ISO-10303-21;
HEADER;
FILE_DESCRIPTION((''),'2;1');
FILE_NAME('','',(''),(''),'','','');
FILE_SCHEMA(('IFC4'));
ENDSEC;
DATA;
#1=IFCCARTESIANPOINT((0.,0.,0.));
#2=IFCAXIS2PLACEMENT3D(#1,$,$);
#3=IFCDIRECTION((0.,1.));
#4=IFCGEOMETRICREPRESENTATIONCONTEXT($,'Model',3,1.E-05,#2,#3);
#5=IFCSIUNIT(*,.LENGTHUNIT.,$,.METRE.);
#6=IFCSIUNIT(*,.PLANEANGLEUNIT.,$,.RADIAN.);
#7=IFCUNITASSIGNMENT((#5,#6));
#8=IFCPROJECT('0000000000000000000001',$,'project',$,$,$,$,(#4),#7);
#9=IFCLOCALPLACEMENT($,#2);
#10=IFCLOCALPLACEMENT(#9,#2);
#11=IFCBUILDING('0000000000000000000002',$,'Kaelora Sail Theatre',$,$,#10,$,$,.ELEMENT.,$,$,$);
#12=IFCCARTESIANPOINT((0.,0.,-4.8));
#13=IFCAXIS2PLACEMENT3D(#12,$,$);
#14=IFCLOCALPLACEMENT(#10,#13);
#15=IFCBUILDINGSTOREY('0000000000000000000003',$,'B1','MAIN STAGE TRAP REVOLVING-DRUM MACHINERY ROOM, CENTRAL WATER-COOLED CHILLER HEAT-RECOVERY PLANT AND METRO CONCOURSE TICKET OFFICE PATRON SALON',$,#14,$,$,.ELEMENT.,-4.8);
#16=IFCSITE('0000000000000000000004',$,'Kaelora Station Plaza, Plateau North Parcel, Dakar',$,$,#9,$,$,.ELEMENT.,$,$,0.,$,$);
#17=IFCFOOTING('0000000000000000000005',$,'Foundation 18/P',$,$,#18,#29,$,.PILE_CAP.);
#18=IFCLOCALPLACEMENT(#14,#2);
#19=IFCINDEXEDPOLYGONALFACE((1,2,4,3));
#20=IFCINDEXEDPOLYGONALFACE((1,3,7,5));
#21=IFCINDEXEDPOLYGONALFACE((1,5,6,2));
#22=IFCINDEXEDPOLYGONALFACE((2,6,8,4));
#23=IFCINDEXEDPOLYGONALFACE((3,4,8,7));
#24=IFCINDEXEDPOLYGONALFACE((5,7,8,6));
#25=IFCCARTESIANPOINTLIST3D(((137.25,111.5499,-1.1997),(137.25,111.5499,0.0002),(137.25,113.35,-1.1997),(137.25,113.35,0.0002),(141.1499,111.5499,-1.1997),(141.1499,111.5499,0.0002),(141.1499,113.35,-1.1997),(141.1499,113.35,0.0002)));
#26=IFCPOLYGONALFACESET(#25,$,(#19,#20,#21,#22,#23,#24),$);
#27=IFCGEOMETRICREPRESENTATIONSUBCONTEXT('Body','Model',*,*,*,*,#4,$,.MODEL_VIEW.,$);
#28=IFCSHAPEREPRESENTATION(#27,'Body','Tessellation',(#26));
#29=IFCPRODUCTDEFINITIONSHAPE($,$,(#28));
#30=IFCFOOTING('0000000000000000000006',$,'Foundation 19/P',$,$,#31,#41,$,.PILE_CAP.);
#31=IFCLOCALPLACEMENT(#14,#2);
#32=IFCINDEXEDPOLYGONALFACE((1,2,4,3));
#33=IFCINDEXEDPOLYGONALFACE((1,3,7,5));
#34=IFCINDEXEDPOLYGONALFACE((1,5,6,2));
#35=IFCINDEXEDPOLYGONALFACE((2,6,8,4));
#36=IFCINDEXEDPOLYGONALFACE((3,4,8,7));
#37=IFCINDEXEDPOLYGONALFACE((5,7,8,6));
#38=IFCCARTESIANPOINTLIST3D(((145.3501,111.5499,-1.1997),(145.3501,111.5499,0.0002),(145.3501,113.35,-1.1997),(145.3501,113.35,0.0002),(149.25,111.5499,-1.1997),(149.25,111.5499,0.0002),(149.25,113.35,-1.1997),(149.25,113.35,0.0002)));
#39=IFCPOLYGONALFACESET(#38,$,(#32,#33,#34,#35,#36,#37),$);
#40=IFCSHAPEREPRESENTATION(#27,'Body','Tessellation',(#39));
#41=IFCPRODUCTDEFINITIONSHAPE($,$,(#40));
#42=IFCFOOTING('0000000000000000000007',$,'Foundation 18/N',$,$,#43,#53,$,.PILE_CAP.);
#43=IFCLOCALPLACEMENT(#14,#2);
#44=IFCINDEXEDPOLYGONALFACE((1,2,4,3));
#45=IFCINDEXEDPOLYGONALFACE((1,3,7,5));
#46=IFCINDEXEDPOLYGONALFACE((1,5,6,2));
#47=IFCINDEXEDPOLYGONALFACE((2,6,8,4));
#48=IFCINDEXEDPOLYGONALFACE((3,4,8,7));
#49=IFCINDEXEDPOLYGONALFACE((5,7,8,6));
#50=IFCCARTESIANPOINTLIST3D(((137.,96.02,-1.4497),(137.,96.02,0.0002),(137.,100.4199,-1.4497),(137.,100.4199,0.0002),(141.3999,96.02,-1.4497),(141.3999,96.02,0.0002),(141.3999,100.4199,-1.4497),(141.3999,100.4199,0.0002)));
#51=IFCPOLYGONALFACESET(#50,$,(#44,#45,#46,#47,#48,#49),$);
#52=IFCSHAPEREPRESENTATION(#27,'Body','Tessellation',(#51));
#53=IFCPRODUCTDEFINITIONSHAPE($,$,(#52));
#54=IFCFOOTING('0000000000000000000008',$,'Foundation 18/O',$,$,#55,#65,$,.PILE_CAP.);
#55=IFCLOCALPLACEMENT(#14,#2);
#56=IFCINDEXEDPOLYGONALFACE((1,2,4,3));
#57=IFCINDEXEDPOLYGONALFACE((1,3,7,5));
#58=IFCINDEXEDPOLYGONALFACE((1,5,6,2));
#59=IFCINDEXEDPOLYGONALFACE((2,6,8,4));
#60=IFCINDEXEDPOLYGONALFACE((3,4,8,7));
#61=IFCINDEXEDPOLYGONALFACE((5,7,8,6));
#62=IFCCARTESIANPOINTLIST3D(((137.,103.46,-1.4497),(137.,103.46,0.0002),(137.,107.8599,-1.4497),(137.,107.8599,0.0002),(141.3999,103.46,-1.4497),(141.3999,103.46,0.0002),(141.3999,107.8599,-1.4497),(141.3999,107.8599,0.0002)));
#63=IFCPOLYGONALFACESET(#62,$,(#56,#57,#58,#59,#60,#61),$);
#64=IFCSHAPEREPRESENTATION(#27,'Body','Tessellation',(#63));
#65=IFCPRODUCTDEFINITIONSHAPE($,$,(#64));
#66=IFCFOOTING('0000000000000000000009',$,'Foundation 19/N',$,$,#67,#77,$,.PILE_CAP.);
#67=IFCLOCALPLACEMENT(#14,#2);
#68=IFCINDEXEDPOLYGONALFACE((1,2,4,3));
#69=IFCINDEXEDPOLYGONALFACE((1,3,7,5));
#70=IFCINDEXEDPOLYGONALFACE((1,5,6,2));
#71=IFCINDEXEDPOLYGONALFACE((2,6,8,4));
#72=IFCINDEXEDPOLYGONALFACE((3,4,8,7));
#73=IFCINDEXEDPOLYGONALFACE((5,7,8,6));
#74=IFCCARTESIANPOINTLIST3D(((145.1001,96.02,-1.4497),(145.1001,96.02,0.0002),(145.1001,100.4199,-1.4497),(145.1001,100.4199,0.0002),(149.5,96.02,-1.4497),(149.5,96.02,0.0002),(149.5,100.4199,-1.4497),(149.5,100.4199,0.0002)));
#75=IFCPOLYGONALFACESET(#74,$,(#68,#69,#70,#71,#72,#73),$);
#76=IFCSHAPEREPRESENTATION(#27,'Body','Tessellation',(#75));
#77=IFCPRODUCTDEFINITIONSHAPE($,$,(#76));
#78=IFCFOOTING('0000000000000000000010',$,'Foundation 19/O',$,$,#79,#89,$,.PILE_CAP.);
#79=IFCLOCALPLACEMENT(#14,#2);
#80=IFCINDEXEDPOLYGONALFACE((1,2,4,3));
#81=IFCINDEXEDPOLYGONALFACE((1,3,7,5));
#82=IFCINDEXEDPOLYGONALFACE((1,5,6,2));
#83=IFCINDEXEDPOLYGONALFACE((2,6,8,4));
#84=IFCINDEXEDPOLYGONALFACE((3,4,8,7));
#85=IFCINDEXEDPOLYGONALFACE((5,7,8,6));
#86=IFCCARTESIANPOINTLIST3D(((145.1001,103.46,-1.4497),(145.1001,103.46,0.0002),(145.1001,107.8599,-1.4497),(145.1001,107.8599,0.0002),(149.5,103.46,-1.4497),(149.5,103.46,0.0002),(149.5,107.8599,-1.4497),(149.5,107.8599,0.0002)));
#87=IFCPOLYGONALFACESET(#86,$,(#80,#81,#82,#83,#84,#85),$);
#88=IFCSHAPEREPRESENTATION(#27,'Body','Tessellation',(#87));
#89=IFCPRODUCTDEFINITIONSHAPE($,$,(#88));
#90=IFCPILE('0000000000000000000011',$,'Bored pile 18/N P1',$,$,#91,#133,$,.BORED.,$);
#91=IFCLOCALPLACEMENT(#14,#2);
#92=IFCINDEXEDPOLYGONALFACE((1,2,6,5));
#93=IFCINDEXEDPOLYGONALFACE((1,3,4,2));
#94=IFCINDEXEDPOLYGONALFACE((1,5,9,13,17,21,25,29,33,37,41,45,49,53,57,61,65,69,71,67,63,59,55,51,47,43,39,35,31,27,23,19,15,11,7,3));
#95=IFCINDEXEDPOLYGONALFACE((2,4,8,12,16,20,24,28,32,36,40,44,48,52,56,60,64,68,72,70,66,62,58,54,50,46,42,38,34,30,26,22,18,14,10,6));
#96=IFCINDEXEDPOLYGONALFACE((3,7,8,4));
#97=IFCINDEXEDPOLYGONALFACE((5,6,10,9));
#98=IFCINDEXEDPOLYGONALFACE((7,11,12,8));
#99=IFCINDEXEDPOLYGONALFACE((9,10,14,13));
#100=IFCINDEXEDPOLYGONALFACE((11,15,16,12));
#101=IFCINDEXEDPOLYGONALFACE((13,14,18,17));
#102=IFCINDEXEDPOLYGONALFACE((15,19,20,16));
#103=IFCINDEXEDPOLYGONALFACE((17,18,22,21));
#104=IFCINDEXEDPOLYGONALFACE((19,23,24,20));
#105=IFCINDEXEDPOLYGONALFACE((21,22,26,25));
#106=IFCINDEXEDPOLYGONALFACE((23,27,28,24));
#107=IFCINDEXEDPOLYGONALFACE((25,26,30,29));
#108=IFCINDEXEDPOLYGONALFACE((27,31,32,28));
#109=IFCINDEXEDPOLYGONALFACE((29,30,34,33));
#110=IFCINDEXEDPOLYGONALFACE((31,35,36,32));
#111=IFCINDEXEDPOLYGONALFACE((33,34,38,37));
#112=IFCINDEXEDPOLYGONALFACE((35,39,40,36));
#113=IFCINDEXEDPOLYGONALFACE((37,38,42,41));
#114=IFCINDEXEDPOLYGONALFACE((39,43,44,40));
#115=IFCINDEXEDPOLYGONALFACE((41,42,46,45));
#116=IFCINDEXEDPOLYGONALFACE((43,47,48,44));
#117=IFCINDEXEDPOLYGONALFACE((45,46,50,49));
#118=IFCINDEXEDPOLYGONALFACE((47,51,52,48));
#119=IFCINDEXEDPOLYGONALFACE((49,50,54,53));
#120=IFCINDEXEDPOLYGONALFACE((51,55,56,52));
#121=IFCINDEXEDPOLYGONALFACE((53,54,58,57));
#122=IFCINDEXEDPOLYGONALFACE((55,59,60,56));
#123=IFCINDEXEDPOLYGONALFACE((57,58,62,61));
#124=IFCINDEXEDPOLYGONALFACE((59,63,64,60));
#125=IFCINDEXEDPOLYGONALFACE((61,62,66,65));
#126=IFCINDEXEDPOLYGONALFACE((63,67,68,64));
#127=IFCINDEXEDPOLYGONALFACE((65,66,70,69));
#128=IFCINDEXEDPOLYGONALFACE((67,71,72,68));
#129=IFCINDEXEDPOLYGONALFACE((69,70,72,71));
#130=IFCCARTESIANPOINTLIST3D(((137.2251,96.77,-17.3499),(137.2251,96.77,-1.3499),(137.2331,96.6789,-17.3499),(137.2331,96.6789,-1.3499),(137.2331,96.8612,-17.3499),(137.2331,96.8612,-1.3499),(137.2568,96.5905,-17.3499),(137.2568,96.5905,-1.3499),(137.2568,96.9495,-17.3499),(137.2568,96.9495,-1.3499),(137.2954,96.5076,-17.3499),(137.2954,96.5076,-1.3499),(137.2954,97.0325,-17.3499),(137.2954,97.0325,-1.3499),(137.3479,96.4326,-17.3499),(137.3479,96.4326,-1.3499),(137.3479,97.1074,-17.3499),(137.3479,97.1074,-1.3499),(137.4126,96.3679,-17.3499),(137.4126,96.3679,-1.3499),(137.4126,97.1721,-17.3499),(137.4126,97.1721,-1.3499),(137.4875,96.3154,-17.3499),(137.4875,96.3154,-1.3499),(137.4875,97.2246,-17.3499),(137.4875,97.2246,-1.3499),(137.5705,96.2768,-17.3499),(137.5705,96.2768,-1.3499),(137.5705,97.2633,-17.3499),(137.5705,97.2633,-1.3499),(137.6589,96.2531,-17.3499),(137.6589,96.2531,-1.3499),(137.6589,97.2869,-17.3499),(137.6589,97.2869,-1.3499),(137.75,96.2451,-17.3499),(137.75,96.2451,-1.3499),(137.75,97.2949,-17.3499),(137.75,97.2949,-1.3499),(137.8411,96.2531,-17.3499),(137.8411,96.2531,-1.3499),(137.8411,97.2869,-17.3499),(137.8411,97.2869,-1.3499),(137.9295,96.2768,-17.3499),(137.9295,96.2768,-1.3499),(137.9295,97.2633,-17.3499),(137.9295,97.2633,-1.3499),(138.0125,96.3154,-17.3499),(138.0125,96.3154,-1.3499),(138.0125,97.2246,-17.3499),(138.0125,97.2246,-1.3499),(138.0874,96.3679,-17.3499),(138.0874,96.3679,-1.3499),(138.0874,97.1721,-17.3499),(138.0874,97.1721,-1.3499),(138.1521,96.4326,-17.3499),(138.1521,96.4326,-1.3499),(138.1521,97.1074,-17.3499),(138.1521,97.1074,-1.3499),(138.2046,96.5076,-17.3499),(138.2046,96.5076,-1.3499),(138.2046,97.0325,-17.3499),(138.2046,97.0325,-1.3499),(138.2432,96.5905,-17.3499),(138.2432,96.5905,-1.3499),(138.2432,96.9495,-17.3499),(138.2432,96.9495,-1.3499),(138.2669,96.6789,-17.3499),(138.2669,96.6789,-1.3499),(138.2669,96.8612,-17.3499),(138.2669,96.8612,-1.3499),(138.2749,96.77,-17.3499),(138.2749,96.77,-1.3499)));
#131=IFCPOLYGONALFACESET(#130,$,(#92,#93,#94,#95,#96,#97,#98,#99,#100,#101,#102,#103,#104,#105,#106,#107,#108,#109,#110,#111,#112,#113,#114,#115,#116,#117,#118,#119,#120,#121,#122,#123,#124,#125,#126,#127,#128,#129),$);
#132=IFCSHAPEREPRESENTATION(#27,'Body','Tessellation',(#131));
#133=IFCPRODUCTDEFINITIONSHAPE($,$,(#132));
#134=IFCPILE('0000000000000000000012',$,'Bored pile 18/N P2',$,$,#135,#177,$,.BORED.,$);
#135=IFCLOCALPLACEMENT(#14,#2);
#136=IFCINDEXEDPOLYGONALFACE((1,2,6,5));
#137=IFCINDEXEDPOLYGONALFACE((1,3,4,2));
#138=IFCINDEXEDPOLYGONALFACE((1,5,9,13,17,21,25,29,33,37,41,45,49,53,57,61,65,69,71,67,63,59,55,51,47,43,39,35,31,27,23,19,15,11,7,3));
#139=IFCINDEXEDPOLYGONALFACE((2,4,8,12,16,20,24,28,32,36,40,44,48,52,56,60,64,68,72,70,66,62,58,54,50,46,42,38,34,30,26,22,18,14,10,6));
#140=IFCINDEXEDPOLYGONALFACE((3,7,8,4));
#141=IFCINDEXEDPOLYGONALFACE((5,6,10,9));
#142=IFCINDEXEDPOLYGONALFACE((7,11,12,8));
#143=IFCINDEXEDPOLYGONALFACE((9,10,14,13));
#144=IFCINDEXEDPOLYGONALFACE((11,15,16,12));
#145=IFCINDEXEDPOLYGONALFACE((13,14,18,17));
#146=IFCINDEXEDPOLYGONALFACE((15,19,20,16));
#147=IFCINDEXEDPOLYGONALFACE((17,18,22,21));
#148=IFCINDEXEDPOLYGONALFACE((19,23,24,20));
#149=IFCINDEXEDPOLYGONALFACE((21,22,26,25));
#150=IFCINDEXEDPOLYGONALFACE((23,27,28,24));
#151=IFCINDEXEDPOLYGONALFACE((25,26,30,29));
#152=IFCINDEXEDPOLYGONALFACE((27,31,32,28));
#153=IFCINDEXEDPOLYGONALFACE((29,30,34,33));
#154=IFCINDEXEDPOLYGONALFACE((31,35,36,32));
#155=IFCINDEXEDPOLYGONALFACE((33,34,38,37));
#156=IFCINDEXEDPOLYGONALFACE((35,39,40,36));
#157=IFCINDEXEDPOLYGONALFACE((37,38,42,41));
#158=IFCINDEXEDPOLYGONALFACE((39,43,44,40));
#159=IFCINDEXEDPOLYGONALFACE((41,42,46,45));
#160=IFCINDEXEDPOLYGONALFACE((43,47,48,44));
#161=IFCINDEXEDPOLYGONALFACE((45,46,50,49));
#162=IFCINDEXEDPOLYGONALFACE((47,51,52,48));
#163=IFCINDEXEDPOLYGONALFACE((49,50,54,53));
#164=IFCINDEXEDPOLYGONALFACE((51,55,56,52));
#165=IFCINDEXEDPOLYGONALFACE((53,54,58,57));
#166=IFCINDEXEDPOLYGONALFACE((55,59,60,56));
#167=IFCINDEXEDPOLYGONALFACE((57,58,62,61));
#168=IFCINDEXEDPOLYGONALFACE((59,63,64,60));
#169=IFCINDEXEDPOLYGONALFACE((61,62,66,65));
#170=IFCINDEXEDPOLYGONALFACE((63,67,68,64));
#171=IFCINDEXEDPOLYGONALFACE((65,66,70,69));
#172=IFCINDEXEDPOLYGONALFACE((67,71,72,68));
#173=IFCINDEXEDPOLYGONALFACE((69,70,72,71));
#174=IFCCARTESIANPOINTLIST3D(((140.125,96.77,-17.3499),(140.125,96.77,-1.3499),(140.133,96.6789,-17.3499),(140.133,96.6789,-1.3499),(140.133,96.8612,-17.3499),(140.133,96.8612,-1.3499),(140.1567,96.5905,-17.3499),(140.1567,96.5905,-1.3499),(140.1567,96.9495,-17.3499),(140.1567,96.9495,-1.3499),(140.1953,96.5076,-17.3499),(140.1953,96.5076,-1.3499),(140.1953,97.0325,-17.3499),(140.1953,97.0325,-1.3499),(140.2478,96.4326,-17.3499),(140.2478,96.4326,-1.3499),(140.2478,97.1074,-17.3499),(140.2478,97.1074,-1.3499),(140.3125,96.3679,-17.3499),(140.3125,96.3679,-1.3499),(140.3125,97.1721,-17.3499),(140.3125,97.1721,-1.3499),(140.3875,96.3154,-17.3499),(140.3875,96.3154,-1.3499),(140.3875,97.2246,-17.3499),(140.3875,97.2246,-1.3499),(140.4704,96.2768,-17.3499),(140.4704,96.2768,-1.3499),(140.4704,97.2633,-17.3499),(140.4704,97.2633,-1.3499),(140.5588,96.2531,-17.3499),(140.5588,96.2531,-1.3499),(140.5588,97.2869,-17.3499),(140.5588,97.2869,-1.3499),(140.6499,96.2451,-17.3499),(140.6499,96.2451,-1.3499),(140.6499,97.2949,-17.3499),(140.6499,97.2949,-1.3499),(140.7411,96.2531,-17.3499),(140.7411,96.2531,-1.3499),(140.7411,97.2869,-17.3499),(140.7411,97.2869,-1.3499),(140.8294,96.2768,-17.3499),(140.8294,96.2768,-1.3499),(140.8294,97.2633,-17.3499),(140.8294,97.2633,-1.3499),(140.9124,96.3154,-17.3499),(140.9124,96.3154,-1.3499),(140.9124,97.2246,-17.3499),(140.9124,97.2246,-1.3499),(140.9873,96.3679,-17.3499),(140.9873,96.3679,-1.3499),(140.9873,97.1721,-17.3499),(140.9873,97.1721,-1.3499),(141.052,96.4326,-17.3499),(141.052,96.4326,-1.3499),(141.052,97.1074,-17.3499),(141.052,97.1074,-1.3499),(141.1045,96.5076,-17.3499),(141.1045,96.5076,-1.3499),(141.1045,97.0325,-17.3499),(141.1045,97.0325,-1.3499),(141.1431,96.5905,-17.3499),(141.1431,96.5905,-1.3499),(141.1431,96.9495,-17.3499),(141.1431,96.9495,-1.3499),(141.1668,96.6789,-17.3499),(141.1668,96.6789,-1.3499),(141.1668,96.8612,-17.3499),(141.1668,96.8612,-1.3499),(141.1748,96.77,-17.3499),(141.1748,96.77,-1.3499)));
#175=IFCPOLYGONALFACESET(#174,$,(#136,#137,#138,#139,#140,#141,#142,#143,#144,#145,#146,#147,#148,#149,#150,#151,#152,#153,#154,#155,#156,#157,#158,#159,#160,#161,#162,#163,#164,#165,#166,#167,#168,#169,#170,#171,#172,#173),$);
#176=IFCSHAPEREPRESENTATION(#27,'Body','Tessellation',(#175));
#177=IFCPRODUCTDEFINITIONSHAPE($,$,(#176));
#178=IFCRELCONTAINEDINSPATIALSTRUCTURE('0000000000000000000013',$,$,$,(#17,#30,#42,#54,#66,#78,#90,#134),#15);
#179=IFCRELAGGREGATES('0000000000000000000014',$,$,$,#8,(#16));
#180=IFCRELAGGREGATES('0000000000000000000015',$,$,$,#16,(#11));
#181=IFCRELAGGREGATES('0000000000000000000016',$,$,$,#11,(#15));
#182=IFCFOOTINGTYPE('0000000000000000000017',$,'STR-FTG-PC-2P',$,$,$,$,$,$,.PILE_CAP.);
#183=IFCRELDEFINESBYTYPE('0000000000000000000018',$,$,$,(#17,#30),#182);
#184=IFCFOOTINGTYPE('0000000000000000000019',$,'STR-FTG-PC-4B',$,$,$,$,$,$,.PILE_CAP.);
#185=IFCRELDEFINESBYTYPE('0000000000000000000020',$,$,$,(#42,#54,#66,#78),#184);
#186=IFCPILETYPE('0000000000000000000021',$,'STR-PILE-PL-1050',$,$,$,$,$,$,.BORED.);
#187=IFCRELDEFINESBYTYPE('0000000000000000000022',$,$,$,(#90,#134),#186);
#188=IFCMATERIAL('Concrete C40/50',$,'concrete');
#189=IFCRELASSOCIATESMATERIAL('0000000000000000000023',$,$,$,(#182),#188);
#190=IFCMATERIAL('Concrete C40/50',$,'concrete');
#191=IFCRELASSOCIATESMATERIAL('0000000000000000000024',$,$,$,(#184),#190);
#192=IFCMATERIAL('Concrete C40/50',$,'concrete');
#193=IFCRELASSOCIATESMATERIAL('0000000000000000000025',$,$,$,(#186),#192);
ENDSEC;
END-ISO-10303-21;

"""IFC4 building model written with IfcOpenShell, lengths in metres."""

from ifc_helpers import new_model, si_unit, direction, frame, origin, origin_2d, place, context, subcontext, project, spatial, rectangle, circle, extrude, material, material_profile, profile_set, type_object, element, save


model = new_model("IFC4")

# Units and contexts
model_context = context("Model", 3, precision=1e-05, world=origin(), true_north=direction((0.0, 1.0)))
body_context = subcontext(model_context, "Body", "Model", "MODEL_VIEW")
ifc_project = project(units=[si_unit("LENGTHUNIT", "METRE"), si_unit("PLANEANGLEUNIT", "RADIAN")], contexts=[model_context])

# Site, building, storey
site_placement = place(None, origin())
site = spatial("IfcSite", under=ifc_project, at=site_placement, Name="Kaelora Station Plaza, Plateau North Parcel, Dakar", CompositionType="ELEMENT", RefElevation=0.0)
building_placement = place(site_placement, origin())
building = spatial("IfcBuilding", under=site, at=building_placement, Name="Kaelora Sail Theatre", CompositionType="ELEMENT")
storey_placement = place(building_placement, frame((0.0, 0.0, -4.8)))
storey = spatial("IfcBuildingStorey", under=building, at=storey_placement, Name="B1", Description="MAIN STAGE TRAP REVOLVING-DRUM MACHINERY ROOM, CENTRAL WATER-COOLED CHILLER HEAT-RECOVERY PLANT AND METRO CONCOURSE TICKET OFFICE PATRON SALON", CompositionType="ELEMENT", Elevation=-4.8)

# Footings
ifc_material_1 = material(Name="Concrete C40/50", Category="concrete")
footing_type_1 = type_object("IfcFootingType", Name="STR-FTG-PC-2P", PredefinedType="PILE_CAP", material=ifc_material_1)
for number, where, z_axis, x_axis, name in (
    (1, (139.2, 112.45, -1.1997), (0.0, 0.0, 1.0), (1.0, 0.0, 0.0), "Foundation 18/P"),
    (2, (147.3, 112.45, -1.1997), (0.0, 0.0, 1.0), (1.0, 0.0, 0.0), "Foundation 19/P"),
):
    element("IfcFooting", number, at=place(storey_placement, frame(where, z_axis=z_axis, x_axis=x_axis)), inside=storey, type_object=footing_type_1, Name=name, PredefinedType="PILE_CAP", context=body_context, shape_type="SweptSolid", body=[
        extrude(rectangle(XDim=3.8999, YDim=1.8, at=origin_2d()), origin(), (0.0, 0.0, 1.0), 1.2),
    ])
ifc_material_2 = material(Name="Concrete C40/50", Category="concrete")
footing_type_2 = type_object("IfcFootingType", Name="STR-FTG-PC-4B", PredefinedType="PILE_CAP", material=ifc_material_2)
for number, where, z_axis, x_axis, name in (
    (3, (139.2, 98.22, -1.4497), (0.0, 0.0, 1.0), (1.0, 0.0, 0.0), "Foundation 18/N"),
    (4, (139.2, 105.6599, -1.4497), (0.0, 0.0, 1.0), (1.0, 0.0, 0.0), "Foundation 18/O"),
    (5, (147.3, 98.22, -1.4497), (0.0, 0.0, 1.0), (1.0, 0.0, 0.0), "Foundation 19/N"),
    (6, (147.3, 105.6599, -1.4497), (0.0, 0.0, 1.0), (1.0, 0.0, 0.0), "Foundation 19/O"),
):
    element("IfcFooting", number, at=place(storey_placement, frame(where, z_axis=z_axis, x_axis=x_axis)), inside=storey, type_object=footing_type_2, Name=name, PredefinedType="PILE_CAP", context=body_context, shape_type="SweptSolid", body=[
        extrude(rectangle(XDim=4.3999, YDim=4.3999, at=origin_2d()), origin(), (0.0, 0.0, 1.0), 1.45),
    ])

# Piles
ifc_material_3 = material(Name="Concrete C40/50", Category="concrete")
ifc_material_profile_1 = material_profile(ifc_material_3, circle(Radius=0.5249, at=origin_2d()), Name="PILE D1050")
ifc_profile_set_1 = profile_set([ifc_material_profile_1], Name="Concrete C40/50")
pile_type_1 = type_object("IfcPileType", Name="STR-PILE-PL-1050", PredefinedType="BORED", material=ifc_profile_set_1)
for number, where, z_axis, x_axis, name in (
    (7, (137.75, 96.77, -1.3499), (0.0, 0.0, -1.0), (1.0, 0.0, 0.0), "Bored pile 18/N P1"),
    (8, (140.6499, 96.77, -1.3499), (0.0, 0.0, -1.0), (1.0, 0.0, 0.0), "Bored pile 18/N P2"),
):
    element("IfcPile", number, at=place(storey_placement, frame(where, z_axis=z_axis, x_axis=x_axis)), inside=storey, type_object=pile_type_1, Name=name, PredefinedType="BORED", context=body_context, shape_type="SweptSolid", body=[
        extrude(circle(Radius=0.5249, at=origin_2d()), origin(), (0.0, 0.0, 1.0), 16.0),
    ])

save(model, "model.ifc")
